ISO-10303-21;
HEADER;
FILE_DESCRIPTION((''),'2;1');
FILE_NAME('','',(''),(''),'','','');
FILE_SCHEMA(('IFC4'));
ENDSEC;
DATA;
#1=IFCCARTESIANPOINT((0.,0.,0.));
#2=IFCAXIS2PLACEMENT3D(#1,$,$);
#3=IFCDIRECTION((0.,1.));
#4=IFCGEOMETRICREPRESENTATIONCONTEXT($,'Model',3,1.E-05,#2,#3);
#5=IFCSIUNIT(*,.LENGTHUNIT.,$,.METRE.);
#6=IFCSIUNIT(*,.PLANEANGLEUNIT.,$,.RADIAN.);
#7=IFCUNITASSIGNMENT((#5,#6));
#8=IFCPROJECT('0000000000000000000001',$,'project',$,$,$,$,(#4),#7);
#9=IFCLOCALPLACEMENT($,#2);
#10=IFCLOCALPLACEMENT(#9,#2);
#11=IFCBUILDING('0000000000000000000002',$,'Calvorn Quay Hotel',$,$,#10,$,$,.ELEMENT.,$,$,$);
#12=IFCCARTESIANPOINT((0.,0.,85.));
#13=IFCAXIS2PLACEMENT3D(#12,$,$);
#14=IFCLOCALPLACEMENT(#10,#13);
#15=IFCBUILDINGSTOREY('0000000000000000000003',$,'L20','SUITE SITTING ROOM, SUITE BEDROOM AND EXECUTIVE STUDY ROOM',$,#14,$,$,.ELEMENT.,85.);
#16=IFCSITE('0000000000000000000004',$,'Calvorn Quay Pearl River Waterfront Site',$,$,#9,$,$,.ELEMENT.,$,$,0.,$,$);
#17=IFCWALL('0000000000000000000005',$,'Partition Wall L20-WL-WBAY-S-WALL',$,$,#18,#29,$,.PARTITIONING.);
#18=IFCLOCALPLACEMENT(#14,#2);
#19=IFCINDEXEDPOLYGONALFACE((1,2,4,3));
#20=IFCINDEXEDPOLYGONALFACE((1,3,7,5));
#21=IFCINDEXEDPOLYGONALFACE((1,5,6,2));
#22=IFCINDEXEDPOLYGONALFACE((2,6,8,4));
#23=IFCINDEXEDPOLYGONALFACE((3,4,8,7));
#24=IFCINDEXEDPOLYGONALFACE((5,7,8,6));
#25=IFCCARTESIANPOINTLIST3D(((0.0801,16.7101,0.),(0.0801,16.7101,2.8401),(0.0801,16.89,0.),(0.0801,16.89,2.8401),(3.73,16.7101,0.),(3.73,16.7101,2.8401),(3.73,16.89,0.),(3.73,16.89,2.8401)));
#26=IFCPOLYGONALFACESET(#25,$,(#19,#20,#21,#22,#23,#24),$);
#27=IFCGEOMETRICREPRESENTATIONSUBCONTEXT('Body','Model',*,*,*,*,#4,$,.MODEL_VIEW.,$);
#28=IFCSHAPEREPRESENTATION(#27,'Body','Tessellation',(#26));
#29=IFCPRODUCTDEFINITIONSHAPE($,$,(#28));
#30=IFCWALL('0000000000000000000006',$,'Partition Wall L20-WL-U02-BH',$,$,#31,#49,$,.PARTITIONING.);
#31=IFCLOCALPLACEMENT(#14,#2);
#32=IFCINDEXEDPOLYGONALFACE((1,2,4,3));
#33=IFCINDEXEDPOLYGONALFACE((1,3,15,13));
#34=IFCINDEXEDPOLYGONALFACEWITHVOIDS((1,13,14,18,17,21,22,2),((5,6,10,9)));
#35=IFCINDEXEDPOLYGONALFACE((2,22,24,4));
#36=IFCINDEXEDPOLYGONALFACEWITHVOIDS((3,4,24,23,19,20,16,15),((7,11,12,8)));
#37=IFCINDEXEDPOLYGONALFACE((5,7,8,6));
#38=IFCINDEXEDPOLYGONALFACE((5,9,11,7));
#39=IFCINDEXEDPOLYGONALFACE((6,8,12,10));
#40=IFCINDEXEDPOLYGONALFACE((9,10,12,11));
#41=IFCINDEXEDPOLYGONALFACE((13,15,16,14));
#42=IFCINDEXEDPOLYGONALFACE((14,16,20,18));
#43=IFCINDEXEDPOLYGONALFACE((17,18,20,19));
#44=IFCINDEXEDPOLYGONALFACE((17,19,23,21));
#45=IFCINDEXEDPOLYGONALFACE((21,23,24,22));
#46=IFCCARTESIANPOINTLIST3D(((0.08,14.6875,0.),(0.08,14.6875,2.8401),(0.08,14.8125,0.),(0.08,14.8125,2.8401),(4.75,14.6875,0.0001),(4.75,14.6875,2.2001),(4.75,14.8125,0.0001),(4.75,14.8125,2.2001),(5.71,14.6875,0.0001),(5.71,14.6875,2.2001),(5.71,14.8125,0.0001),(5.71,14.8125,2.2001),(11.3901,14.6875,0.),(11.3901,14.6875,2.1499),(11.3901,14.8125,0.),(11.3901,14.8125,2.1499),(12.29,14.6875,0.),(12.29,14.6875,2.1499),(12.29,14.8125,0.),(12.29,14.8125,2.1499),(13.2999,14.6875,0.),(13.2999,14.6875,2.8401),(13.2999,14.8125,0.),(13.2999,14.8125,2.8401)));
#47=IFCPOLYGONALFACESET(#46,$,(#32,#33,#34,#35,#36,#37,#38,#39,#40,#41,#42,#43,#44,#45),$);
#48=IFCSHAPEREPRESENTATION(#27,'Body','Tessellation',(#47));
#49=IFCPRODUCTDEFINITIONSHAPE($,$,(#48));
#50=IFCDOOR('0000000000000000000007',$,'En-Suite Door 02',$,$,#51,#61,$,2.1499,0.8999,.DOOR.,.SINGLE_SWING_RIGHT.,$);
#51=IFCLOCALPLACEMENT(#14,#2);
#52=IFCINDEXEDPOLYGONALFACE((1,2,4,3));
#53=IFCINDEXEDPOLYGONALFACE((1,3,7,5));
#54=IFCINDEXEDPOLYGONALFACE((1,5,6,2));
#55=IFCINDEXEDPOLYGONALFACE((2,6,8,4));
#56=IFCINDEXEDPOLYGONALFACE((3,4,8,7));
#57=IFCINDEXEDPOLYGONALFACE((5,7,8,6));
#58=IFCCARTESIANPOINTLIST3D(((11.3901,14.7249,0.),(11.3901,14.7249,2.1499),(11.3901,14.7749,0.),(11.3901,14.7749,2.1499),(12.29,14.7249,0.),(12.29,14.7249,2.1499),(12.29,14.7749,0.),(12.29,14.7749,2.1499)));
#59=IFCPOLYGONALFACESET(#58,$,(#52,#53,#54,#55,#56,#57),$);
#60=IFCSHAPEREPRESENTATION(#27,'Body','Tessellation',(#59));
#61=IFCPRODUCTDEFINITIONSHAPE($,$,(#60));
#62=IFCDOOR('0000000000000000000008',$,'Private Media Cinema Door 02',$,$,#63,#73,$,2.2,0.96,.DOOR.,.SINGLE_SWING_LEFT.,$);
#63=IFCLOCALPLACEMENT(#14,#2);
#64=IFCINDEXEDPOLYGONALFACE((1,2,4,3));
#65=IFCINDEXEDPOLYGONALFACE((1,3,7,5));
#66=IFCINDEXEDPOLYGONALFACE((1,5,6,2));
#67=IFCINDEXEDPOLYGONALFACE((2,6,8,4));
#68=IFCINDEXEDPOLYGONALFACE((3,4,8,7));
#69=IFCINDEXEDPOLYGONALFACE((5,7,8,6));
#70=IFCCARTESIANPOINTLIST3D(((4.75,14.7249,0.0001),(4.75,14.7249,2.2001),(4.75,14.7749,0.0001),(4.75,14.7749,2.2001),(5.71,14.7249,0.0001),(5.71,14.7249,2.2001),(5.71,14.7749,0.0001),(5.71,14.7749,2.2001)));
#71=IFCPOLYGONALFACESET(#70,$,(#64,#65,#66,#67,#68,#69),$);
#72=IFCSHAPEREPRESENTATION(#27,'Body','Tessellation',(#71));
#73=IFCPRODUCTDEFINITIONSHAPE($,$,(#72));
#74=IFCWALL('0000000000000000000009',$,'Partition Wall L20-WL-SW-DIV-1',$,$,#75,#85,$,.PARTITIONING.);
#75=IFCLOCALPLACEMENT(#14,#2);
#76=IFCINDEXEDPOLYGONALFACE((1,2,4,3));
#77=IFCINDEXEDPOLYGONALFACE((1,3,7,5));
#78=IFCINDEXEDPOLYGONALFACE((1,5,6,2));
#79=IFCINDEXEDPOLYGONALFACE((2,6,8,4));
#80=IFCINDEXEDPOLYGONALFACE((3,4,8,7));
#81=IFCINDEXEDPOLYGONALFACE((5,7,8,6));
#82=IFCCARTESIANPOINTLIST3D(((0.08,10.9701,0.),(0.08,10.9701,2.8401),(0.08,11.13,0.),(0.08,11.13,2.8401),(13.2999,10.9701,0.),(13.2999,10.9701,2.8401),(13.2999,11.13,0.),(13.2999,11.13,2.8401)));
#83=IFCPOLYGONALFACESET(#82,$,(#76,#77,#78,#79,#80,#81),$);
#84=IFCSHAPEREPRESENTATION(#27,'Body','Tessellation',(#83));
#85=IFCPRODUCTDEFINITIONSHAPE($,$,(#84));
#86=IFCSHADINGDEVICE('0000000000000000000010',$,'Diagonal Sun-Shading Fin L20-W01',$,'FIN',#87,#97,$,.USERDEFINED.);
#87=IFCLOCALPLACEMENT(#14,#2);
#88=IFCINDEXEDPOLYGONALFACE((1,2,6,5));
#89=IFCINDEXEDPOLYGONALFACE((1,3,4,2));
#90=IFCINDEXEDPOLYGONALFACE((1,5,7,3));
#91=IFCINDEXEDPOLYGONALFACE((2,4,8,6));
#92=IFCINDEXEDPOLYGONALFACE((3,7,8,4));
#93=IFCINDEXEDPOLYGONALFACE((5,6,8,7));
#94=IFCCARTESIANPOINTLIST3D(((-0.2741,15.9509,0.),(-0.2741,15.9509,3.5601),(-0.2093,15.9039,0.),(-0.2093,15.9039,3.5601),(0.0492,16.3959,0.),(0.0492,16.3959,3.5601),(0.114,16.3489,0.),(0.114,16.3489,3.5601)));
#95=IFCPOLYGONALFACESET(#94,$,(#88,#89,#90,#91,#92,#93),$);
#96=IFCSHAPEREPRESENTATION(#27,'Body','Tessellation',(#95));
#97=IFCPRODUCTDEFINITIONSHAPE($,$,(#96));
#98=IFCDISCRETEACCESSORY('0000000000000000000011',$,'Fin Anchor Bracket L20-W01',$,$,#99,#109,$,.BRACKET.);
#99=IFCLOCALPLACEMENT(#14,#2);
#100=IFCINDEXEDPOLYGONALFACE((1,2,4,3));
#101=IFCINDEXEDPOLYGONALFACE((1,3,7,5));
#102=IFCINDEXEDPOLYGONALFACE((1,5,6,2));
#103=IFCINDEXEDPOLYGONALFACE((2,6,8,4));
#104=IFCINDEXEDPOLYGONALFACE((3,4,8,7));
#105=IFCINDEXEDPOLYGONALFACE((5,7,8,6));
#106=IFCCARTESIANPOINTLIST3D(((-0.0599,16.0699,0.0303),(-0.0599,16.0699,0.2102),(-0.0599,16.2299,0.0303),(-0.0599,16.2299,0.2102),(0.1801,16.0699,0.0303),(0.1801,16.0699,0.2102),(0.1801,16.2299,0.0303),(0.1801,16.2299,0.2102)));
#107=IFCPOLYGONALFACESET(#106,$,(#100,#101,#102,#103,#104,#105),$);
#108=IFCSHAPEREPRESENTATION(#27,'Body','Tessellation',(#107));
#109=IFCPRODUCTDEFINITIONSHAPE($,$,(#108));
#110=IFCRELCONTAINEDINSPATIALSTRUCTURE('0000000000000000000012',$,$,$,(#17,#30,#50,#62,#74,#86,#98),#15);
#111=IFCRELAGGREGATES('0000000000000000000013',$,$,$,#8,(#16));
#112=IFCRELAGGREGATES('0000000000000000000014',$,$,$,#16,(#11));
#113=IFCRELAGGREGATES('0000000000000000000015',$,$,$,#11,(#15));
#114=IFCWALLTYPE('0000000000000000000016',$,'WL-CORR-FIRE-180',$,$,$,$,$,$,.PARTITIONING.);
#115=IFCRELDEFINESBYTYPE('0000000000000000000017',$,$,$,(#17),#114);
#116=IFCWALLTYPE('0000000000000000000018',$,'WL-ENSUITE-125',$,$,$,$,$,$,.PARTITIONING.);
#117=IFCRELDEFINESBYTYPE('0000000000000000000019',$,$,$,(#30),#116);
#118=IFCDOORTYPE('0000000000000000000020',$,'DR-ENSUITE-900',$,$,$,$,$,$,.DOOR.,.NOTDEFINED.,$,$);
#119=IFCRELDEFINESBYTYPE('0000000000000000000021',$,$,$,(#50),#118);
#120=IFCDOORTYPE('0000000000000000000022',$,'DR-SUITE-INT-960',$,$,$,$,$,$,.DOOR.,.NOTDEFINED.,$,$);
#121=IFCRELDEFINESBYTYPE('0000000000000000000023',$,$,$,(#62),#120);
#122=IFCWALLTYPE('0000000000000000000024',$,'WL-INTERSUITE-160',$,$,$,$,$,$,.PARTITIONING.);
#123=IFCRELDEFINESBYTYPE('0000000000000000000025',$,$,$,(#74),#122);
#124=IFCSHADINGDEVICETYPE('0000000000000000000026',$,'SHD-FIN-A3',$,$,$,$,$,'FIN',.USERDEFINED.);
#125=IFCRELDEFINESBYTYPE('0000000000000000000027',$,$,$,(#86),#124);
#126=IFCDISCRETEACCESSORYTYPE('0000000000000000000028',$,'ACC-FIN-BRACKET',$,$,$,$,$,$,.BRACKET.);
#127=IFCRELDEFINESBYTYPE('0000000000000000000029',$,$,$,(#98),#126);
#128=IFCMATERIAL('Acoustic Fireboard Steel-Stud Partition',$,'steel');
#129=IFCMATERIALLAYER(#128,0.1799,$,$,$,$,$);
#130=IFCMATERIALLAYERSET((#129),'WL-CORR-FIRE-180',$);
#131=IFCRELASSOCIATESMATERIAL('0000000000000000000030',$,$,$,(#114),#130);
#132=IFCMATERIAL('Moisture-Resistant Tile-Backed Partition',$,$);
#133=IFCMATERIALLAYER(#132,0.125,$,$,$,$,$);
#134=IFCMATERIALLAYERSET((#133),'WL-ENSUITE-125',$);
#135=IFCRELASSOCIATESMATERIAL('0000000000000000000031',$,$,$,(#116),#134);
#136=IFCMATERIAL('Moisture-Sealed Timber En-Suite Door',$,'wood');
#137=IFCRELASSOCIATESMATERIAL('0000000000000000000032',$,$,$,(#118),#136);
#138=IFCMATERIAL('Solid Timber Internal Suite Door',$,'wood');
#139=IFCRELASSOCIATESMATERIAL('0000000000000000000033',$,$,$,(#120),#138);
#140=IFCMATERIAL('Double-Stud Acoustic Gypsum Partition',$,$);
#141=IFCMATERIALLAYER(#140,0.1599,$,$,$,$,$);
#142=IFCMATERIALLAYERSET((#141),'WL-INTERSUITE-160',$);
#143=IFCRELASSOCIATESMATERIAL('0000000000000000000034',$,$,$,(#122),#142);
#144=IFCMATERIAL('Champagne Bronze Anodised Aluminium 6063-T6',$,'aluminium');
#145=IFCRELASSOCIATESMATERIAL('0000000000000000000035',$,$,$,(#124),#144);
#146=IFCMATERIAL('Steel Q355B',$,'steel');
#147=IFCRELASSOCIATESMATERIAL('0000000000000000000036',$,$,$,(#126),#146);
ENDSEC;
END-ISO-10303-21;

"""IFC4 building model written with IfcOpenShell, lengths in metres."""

from ifc_helpers import new_model, si_unit, direction, frame, frame_2d, origin, origin_2d, place, context, subcontext, project, spatial, rectangle, extrude, material, layer, layer_set, type_object, element, fill, save


model = new_model("IFC4")

# Units and contexts
model_context = context("Model", 3, precision=1e-05, world=origin(), true_north=direction((0.0, 1.0)))
body_context = subcontext(model_context, "Body", "Model", "MODEL_VIEW")
ifc_project = project(units=[si_unit("LENGTHUNIT", "METRE"), si_unit("PLANEANGLEUNIT", "RADIAN")], contexts=[model_context])

# Site, building, storey
site_placement = place(None, origin())
site = spatial("IfcSite", under=ifc_project, at=site_placement, Name="Calvorn Quay Pearl River Waterfront Site", CompositionType="ELEMENT", RefElevation=0.0)
building_placement = place(site_placement, origin())
building = spatial("IfcBuilding", under=site, at=building_placement, Name="Calvorn Quay Hotel", CompositionType="ELEMENT")
storey_placement = place(building_placement, frame((0.0, 0.0, 85.0)))
storey = spatial("IfcBuildingStorey", under=building, at=storey_placement, Name="L20", Description="SUITE SITTING ROOM, SUITE BEDROOM AND EXECUTIVE STUDY ROOM", CompositionType="ELEMENT", Elevation=85.0)

# Wall
ifc_material_1 = material(Name="Acoustic Fireboard Steel-Stud Partition", Category="steel")
ifc_layer_1 = layer(ifc_material_1, 0.1799)
ifc_layer_set_1 = layer_set([ifc_layer_1], Name="WL-CORR-FIRE-180")
wall_type_1 = type_object("IfcWallType", Name="WL-CORR-FIRE-180", PredefinedType="PARTITIONING", material=ifc_layer_set_1)
wall_1_placement = place(storey_placement, frame((0.0801, 16.8, 0.0), z_axis=(0.0, 0.0, 1.0), x_axis=(1.0, 0.0, 0.0)))
element("IfcWall", 1, at=wall_1_placement, inside=storey, type_object=wall_type_1, Name="Partition Wall L20-WL-WBAY-S-WALL", PredefinedType="PARTITIONING", context=body_context, shape_type="SweptSolid", body=[
    extrude(rectangle(XDim=3.6499, YDim=0.1799, at=frame_2d((1.825, 0.0))), origin(), (0.0, 0.0, 1.0), 2.8401),
])

# Wall, openings, doors
ifc_material_2 = material(Name="Moisture-Resistant Tile-Backed Partition")
ifc_layer_2 = layer(ifc_material_2, 0.125)
ifc_layer_set_2 = layer_set([ifc_layer_2], Name="WL-ENSUITE-125")
wall_type_2 = type_object("IfcWallType", Name="WL-ENSUITE-125", PredefinedType="PARTITIONING", material=ifc_layer_set_2)
wall_2_placement = place(storey_placement, frame((0.0801, 14.75, 0.0), z_axis=(0.0, 0.0, 1.0), x_axis=(1.0, 0.0, 0.0)))
wall_2 = element("IfcWall", 2, at=wall_2_placement, inside=storey, type_object=wall_type_2, Name="Partition Wall L20-WL-U02-BH", PredefinedType="PARTITIONING", context=body_context, shape_type="SweptSolid", body=[
    extrude(rectangle(XDim=13.22, YDim=0.125, at=frame_2d((6.6099, 0.0))), origin(), (0.0, 0.0, 1.0), 2.8401),
])
opening_1_placement = place(wall_2_placement, frame((4.6699, 0.0, 0.0)))
opening_1 = element("IfcOpeningElement", 3, at=opening_1_placement, cuts=wall_2, PredefinedType="OPENING", context=body_context, shape_type="SweptSolid", body=[
    extrude(rectangle(XDim=0.96, YDim=2.2, at=frame_2d((0.48, 1.1001))), frame((0.0, 0.0725, 0.0), z_axis=(0.0, -1.0, 0.0), x_axis=(1.0, 0.0, 0.0)), (0.0, 0.0, 1.0), 0.145),
])
opening_2_placement = place(wall_2_placement, frame((11.3101, 0.0, 0.0)))
opening_2 = element("IfcOpeningElement", 4, at=opening_2_placement, cuts=wall_2, PredefinedType="OPENING", context=body_context, shape_type="SweptSolid", body=[
    extrude(rectangle(XDim=0.8999, YDim=2.1499, at=frame_2d((0.45, 1.075))), frame((0.0, 0.0725, 0.0), z_axis=(0.0, -1.0, 0.0), x_axis=(1.0, 0.0, 0.0)), (0.0, 0.0, 1.0), 0.145),
])
ifc_material_3 = material(Name="Moisture-Sealed Timber En-Suite Door", Category="wood")
door_type_1 = type_object("IfcDoorType", Name="DR-ENSUITE-900", OperationType="NOTDEFINED", PredefinedType="DOOR", material=ifc_material_3)
door_1_placement = place(opening_2_placement, origin())
door_1 = element("IfcDoor", 5, at=door_1_placement, inside=storey, type_object=door_type_1, Name="En-Suite Door 02", OperationType="SINGLE_SWING_RIGHT", OverallHeight=2.1499, OverallWidth=0.8999, PredefinedType="DOOR", context=body_context, shape_type="SweptSolid", body=[
    extrude(rectangle(XDim=0.8999, YDim=2.1499, at=frame_2d((0.45, 1.075))), frame((0.0, 0.0249, 0.0), z_axis=(0.0, -1.0, 0.0), x_axis=(1.0, 0.0, 0.0)), (0.0, 0.0, 1.0), 0.05),
])
fill(opening_2, door_1)
ifc_material_4 = material(Name="Solid Timber Internal Suite Door", Category="wood")
door_type_2 = type_object("IfcDoorType", Name="DR-SUITE-INT-960", OperationType="NOTDEFINED", PredefinedType="DOOR", material=ifc_material_4)
door_2_placement = place(opening_1_placement, origin())
door_2 = element("IfcDoor", 6, at=door_2_placement, inside=storey, type_object=door_type_2, Name="Private Media Cinema Door 02", OperationType="SINGLE_SWING_LEFT", OverallHeight=2.2, OverallWidth=0.96, PredefinedType="DOOR", context=body_context, shape_type="SweptSolid", body=[
    extrude(rectangle(XDim=0.96, YDim=2.2, at=frame_2d((0.48, 1.1001))), frame((0.0, 0.0249, 0.0), z_axis=(0.0, -1.0, 0.0), x_axis=(1.0, 0.0, 0.0)), (0.0, 0.0, 1.0), 0.05),
])
fill(opening_1, door_2)

# Wall
ifc_material_5 = material(Name="Double-Stud Acoustic Gypsum Partition")
ifc_layer_3 = layer(ifc_material_5, 0.1599)
ifc_layer_set_3 = layer_set([ifc_layer_3], Name="WL-INTERSUITE-160")
wall_type_3 = type_object("IfcWallType", Name="WL-INTERSUITE-160", PredefinedType="PARTITIONING", material=ifc_layer_set_3)
wall_3_placement = place(storey_placement, frame((0.0801, 11.05, 0.0), z_axis=(0.0, 0.0, 1.0), x_axis=(1.0, 0.0, 0.0)))
element("IfcWall", 7, at=wall_3_placement, inside=storey, type_object=wall_type_3, Name="Partition Wall L20-WL-SW-DIV-1", PredefinedType="PARTITIONING", context=body_context, shape_type="SweptSolid", body=[
    extrude(rectangle(XDim=13.22, YDim=0.1599, at=frame_2d((6.6099, 0.0))), origin(), (0.0, 0.0, 1.0), 2.8401),
])

# Shading device
ifc_material_6 = material(Name="Champagne Bronze Anodised Aluminium 6063-T6", Category="aluminium")
shading_device_type = type_object("IfcShadingDeviceType", Name="SHD-FIN-A3", ElementType="FIN", PredefinedType="USERDEFINED", material=ifc_material_6)
shading_device_placement = place(storey_placement, frame((-0.0801, 16.1499, 0.0), z_axis=(0.0, 0.0, 1.0), x_axis=(0.587785, 0.809017, 0.0)))
element("IfcShadingDevice", 8, at=shading_device_placement, inside=storey, type_object=shading_device_type, Name="Diagonal Sun-Shading Fin L20-W01", ObjectType="FIN", PredefinedType="USERDEFINED", context=body_context, shape_type="SweptSolid", body=[
    extrude(rectangle(XDim=0.55, YDim=0.0801, at=origin_2d()), origin(), (0.0, 0.0, 1.0), 3.5601),
])

# Discrete accessory
ifc_material_7 = material(Name="Steel Q355B", Category="steel")
discrete_accessory_type = type_object("IfcDiscreteAccessoryType", Name="ACC-FIN-BRACKET", PredefinedType="BRACKET", material=ifc_material_7)
discrete_accessory_placement = place(storey_placement, frame((0.0601, 16.1499, 0.0303), z_axis=(0.0, 0.0, 1.0), x_axis=(1.0, 0.0, 0.0)))
element("IfcDiscreteAccessory", 9, at=discrete_accessory_placement, inside=storey, type_object=discrete_accessory_type, Name="Fin Anchor Bracket L20-W01", PredefinedType="BRACKET", context=body_context, shape_type="SweptSolid", body=[
    extrude(rectangle(XDim=0.24, YDim=0.1599, at=origin_2d()), origin(), (0.0, 0.0, 1.0), 0.1799),
])

save(model, "model.ifc")
